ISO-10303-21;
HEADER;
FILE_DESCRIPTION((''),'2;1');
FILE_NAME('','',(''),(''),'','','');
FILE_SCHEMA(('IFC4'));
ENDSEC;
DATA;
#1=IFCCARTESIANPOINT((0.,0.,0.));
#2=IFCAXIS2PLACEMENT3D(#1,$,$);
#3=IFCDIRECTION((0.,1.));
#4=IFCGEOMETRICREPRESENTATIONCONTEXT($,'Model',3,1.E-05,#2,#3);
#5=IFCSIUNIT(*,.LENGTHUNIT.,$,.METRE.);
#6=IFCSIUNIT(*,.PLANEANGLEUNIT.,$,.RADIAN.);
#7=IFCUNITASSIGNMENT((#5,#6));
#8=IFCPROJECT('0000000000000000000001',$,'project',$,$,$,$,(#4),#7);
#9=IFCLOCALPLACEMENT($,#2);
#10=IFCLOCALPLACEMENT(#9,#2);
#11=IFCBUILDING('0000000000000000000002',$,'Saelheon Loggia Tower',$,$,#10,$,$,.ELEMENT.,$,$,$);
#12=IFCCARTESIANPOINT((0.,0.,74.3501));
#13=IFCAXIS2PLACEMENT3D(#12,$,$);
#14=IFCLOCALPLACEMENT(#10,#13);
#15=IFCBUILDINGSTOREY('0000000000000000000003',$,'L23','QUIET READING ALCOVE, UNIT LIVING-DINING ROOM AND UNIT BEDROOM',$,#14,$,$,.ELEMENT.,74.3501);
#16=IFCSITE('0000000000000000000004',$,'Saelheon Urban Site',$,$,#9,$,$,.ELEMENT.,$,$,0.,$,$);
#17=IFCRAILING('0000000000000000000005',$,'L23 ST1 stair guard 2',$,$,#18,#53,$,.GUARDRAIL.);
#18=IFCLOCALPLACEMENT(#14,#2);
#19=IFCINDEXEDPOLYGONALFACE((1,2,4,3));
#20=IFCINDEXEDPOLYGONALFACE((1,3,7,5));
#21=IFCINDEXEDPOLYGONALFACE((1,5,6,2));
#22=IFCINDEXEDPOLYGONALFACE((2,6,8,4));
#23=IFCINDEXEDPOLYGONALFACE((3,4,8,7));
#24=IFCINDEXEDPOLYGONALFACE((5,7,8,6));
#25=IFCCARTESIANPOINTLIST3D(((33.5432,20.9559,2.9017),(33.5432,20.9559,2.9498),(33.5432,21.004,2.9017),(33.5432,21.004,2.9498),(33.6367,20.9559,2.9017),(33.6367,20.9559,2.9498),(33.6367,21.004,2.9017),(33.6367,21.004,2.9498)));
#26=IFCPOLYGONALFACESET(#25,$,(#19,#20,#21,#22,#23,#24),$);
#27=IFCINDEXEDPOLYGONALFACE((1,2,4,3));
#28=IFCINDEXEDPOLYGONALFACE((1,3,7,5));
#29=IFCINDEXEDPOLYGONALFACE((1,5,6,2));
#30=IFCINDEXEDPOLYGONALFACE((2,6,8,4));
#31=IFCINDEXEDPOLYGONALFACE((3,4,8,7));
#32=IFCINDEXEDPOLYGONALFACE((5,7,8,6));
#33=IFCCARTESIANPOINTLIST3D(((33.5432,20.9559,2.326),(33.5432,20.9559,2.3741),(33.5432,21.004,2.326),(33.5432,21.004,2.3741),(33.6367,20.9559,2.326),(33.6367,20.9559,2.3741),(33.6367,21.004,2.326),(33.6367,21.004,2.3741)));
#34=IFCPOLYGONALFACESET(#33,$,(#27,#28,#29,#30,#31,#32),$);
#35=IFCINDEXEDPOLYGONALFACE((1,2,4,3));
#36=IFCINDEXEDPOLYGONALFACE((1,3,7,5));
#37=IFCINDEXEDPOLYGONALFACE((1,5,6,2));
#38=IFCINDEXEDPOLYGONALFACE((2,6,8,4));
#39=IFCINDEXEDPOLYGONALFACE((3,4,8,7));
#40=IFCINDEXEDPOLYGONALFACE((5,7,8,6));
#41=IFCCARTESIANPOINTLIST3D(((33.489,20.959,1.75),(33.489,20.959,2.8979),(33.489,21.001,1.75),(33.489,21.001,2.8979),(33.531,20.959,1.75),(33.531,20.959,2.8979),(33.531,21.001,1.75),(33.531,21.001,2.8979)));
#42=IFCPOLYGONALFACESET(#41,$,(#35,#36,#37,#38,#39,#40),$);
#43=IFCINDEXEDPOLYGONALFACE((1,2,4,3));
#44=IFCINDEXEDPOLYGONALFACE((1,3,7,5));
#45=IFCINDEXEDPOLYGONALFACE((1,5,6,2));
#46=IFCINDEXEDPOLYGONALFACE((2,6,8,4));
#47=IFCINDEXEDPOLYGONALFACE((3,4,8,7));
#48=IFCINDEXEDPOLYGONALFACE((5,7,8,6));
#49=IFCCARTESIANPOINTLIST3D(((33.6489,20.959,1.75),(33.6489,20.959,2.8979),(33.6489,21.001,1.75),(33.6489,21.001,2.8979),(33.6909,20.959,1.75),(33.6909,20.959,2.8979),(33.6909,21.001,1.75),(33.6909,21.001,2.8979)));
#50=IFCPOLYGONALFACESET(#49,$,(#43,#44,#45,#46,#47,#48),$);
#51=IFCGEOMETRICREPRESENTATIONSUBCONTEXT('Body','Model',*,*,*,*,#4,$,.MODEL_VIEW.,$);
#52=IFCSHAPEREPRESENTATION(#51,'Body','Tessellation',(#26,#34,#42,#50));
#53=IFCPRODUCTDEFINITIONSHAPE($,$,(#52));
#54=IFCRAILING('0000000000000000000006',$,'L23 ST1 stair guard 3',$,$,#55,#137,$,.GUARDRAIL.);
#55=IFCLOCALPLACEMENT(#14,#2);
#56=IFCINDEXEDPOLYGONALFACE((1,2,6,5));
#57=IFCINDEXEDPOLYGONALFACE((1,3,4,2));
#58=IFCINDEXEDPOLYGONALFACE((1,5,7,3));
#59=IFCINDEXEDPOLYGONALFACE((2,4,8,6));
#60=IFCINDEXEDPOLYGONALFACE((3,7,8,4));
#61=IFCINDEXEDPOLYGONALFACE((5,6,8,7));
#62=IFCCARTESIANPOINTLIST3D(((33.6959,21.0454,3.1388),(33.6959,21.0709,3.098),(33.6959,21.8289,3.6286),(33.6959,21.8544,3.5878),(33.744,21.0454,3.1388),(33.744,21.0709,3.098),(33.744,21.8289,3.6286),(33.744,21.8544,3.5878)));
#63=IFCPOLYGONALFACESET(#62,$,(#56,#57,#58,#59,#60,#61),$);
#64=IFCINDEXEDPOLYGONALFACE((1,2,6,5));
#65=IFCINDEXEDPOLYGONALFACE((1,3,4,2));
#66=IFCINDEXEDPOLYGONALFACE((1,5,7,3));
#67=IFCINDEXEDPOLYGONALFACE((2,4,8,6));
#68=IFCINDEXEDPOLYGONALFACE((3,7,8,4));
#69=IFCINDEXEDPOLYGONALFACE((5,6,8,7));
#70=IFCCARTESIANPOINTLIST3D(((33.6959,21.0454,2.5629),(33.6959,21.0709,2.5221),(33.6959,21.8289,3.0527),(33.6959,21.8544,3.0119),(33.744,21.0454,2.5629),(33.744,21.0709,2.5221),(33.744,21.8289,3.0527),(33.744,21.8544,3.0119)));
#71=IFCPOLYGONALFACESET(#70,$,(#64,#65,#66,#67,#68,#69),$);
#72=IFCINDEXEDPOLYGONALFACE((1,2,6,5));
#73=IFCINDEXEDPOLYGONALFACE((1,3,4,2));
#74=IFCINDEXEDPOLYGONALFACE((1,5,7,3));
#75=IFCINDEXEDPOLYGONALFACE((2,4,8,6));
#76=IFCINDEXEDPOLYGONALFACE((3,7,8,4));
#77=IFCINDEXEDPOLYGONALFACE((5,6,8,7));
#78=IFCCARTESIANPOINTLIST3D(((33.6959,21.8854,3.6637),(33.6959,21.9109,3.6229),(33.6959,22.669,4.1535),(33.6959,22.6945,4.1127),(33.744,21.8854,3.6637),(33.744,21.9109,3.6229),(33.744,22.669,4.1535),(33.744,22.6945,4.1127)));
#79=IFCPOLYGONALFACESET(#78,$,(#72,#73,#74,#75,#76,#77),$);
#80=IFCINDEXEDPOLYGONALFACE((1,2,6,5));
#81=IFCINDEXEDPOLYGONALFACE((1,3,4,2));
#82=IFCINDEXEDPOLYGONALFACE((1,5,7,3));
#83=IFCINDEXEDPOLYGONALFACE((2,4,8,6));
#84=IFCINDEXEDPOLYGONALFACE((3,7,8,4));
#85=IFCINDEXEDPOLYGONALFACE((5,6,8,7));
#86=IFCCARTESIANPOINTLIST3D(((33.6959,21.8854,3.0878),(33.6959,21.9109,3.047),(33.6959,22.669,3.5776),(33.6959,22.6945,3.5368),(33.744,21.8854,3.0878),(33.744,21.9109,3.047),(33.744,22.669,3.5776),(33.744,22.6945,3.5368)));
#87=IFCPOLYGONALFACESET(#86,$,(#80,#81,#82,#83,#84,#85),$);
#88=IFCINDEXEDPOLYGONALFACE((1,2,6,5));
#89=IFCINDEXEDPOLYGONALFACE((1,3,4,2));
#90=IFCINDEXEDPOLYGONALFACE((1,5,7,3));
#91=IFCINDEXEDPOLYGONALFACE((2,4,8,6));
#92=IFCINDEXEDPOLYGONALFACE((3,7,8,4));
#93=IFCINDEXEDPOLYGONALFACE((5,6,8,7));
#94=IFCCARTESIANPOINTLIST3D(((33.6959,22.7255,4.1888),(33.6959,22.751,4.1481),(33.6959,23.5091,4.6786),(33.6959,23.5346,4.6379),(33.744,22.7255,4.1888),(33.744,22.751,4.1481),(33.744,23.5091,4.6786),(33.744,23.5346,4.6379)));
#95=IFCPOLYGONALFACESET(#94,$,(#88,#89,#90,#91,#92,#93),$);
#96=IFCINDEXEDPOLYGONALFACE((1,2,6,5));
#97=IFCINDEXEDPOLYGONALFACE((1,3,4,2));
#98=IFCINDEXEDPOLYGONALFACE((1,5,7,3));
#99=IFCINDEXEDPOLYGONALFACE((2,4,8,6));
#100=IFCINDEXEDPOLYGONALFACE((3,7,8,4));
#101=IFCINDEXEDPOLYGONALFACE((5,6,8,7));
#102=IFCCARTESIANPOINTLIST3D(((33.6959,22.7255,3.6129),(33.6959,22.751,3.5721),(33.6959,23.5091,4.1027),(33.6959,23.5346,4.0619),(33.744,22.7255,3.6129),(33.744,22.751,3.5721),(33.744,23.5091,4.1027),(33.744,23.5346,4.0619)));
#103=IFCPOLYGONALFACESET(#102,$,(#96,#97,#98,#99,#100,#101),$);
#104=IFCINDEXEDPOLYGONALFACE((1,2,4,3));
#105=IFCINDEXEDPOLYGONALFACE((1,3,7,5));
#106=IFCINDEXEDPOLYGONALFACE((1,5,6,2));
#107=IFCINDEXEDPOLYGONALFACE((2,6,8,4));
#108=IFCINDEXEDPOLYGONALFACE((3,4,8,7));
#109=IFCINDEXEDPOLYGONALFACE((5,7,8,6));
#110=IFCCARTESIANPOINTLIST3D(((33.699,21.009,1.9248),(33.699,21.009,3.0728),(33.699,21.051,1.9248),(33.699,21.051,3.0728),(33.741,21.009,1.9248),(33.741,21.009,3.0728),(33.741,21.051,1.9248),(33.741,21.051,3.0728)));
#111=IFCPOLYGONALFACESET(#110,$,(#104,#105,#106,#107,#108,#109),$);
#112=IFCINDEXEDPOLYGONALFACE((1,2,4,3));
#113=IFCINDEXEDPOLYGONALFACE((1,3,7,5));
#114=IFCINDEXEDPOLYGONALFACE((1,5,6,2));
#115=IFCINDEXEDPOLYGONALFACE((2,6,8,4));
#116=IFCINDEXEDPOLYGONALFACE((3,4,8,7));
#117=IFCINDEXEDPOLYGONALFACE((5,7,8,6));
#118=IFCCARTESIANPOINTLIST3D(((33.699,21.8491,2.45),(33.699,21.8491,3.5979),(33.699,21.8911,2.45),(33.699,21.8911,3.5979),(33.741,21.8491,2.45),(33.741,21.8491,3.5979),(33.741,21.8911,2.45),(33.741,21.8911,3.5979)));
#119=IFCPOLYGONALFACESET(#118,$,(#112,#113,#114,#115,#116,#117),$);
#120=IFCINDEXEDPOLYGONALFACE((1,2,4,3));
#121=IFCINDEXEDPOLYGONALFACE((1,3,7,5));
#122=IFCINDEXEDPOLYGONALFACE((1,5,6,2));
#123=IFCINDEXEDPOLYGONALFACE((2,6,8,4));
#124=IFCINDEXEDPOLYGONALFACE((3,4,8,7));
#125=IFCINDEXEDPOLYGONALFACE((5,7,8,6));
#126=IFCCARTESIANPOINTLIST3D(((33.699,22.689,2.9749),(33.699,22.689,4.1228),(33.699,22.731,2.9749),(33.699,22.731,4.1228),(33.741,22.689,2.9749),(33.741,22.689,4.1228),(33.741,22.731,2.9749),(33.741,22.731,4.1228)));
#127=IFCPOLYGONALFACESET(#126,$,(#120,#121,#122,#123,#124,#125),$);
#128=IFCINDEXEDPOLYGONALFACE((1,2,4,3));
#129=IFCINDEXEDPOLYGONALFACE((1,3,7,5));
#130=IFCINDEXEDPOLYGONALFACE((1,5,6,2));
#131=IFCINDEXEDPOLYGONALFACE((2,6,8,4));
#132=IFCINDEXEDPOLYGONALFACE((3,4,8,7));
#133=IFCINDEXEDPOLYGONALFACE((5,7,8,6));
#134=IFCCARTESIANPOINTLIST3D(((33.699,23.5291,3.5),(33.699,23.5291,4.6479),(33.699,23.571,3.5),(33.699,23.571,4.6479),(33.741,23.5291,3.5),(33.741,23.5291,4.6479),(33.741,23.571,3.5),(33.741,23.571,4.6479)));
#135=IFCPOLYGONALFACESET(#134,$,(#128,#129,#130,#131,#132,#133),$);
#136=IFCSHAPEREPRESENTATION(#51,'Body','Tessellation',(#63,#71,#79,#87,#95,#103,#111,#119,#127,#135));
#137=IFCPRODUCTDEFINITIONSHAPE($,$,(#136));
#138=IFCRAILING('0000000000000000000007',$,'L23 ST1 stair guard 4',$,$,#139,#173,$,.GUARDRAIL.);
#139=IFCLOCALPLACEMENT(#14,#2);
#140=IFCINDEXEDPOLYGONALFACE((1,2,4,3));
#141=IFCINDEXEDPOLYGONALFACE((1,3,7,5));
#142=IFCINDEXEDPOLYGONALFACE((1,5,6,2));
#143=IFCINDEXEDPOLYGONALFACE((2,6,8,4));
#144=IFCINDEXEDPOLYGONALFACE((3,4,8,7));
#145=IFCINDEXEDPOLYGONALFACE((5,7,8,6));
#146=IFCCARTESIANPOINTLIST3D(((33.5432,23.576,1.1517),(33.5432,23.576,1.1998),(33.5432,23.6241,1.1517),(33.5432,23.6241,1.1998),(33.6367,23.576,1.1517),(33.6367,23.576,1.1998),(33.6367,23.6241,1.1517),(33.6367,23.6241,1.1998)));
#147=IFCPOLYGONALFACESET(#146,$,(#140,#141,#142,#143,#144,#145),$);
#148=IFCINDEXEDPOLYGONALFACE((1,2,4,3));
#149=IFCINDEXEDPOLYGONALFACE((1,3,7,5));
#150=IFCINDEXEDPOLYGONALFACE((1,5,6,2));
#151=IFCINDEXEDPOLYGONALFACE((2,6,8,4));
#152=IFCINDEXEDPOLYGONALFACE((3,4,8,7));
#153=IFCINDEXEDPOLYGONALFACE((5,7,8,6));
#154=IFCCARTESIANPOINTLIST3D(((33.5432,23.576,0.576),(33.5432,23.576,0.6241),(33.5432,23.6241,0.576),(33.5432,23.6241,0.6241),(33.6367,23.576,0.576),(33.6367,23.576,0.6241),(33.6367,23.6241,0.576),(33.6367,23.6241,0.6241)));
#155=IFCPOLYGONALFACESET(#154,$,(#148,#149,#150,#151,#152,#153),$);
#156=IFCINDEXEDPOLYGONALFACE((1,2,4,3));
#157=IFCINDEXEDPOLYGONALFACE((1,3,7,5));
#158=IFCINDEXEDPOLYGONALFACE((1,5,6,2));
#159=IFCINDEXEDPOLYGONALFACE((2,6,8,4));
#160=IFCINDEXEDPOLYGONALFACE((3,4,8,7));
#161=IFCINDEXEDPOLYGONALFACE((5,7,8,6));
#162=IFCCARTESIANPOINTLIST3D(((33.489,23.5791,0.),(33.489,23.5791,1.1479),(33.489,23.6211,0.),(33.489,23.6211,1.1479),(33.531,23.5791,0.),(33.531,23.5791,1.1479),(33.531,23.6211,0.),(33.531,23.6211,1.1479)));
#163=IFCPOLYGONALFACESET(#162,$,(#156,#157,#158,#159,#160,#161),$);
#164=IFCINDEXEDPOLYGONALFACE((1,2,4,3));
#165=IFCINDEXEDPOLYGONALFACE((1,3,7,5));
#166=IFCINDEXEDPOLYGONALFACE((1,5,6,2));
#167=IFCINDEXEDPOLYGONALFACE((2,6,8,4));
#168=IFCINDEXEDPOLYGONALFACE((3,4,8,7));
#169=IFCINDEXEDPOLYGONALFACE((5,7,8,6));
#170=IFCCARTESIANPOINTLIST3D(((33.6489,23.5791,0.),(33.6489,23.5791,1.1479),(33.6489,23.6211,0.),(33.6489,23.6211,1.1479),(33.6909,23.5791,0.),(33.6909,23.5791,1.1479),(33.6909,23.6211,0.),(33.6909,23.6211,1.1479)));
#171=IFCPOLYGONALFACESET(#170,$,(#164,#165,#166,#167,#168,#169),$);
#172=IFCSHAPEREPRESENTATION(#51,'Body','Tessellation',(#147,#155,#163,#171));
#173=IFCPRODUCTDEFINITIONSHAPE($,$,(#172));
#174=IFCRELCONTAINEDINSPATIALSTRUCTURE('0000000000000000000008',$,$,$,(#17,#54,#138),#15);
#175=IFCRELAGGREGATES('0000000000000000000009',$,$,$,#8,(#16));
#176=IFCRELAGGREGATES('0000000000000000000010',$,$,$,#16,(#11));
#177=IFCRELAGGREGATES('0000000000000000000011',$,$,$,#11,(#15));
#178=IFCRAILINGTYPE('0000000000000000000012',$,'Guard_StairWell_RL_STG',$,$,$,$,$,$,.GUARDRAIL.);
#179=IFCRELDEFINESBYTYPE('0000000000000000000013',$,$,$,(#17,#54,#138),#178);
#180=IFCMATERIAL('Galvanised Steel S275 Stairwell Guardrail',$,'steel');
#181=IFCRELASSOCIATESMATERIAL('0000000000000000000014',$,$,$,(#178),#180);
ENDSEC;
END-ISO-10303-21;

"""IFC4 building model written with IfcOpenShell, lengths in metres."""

from ifc_helpers import new_model, si_unit, direction, frame, origin, origin_2d, place, context, subcontext, project, spatial, rectangle, extrude, material, type_object, element, save


model = new_model("IFC4")

# Units and contexts
model_context = context("Model", 3, precision=1e-05, world=origin(), true_north=direction((0.0, 1.0)))
body_context = subcontext(model_context, "Body", "Model", "MODEL_VIEW")
ifc_project = project(units=[si_unit("LENGTHUNIT", "METRE"), si_unit("PLANEANGLEUNIT", "RADIAN")], contexts=[model_context])

# Site, building, storey
site_placement = place(None, origin())
site = spatial("IfcSite", under=ifc_project, at=site_placement, Name="Saelheon Urban Site", CompositionType="ELEMENT", RefElevation=0.0)
building_placement = place(site_placement, origin())
building = spatial("IfcBuilding", under=site, at=building_placement, Name="Saelheon Loggia Tower", CompositionType="ELEMENT")
storey_placement = place(building_placement, frame((0.0, 0.0, 74.3501)))
storey = spatial("IfcBuildingStorey", under=building, at=storey_placement, Name="L23", Description="QUIET READING ALCOVE, UNIT LIVING-DINING ROOM AND UNIT BEDROOM", CompositionType="ELEMENT", Elevation=74.3501)

# Railings
ifc_material_1 = material(Name="Galvanised Steel S275 Stairwell Guardrail", Category="steel")
railing_type_1 = type_object("IfcRailingType", Name="Guard_StairWell_RL_STG", PredefinedType="GUARDRAIL", material=ifc_material_1)
railing_1_placement = place(storey_placement, frame((33.51, 20.98, 1.75)))
element("IfcRailing", 1, at=railing_1_placement, inside=storey, type_object=railing_type_1, Name="L23 ST1 stair guard 2", PredefinedType="GUARDRAIL", context=body_context, shape_type="SweptSolid", body=[
    extrude(rectangle(XDim=0.0481, YDim=0.0481, at=origin_2d()), frame((0.0332, 0.0, 1.1758), z_axis=(1.0, 0.0, 0.0), x_axis=(0.0, 1.0, 0.0)), (0.0, 0.0, 1.0), 0.0935),
    extrude(rectangle(XDim=0.0481, YDim=0.0481, at=origin_2d()), frame((0.0332, 0.0, 0.6001), z_axis=(1.0, 0.0, 0.0), x_axis=(0.0, 1.0, 0.0)), (0.0, 0.0, 1.0), 0.0935),
    extrude(rectangle(XDim=0.042, YDim=0.042, at=origin_2d()), origin(), (0.0, 0.0, 1.0), 1.1479),
    extrude(rectangle(XDim=0.042, YDim=0.042, at=origin_2d()), frame((0.1599, 0.0, 0.0)), (0.0, 0.0, 1.0), 1.1479),
])
railing_2_placement = place(storey_placement, frame((33.72, 21.03, 1.9248)))
element("IfcRailing", 2, at=railing_2_placement, inside=storey, type_object=railing_type_1, Name="L23 ST1 stair guard 3", PredefinedType="GUARDRAIL", context=body_context, shape_type="SweptSolid", body=[
    extrude(rectangle(XDim=0.0481, YDim=0.0481, at=origin_2d()), frame((0.0, 0.0281, 1.1936), z_axis=(0.0, 0.847971, 0.530043), x_axis=(-1.0, 0.0, 0.0)), (0.0, 0.0, 1.0), 0.9241),
    extrude(rectangle(XDim=0.0481, YDim=0.0481, at=origin_2d()), frame((0.0, 0.0281, 0.6177), z_axis=(0.0, 0.847971, 0.530043), x_axis=(-1.0, 0.0, 0.0)), (0.0, 0.0, 1.0), 0.9241),
    extrude(rectangle(XDim=0.0481, YDim=0.0481, at=origin_2d()), frame((0.0, 0.8682, 1.7185), z_axis=(0.0, 0.847971, 0.530043), x_axis=(-1.0, 0.0, 0.0)), (0.0, 0.0, 1.0), 0.9241),
    extrude(rectangle(XDim=0.0481, YDim=0.0481, at=origin_2d()), frame((0.0, 0.8682, 1.1426), z_axis=(0.0, 0.847971, 0.530043), x_axis=(-1.0, 0.0, 0.0)), (0.0, 0.0, 1.0), 0.9241),
    extrude(rectangle(XDim=0.0481, YDim=0.0481, at=origin_2d()), frame((0.0, 1.7083, 2.2437), z_axis=(0.0, 0.847971, 0.530043), x_axis=(-1.0, 0.0, 0.0)), (0.0, 0.0, 1.0), 0.9241),
    extrude(rectangle(XDim=0.0481, YDim=0.0481, at=origin_2d()), frame((0.0, 1.7083, 1.6677), z_axis=(0.0, 0.847971, 0.530043), x_axis=(-1.0, 0.0, 0.0)), (0.0, 0.0, 1.0), 0.9241),
    extrude(rectangle(XDim=0.042, YDim=0.042, at=origin_2d()), origin(), (0.0, 0.0, 1.0), 1.1479),
    extrude(rectangle(XDim=0.042, YDim=0.042, at=origin_2d()), frame((0.0, 0.8401, 0.5251)), (0.0, 0.0, 1.0), 1.1479),
    extrude(rectangle(XDim=0.042, YDim=0.042, at=origin_2d()), frame((0.0, 1.6799, 1.05)), (0.0, 0.0, 1.0), 1.1479),
    extrude(rectangle(XDim=0.042, YDim=0.042, at=origin_2d()), frame((0.0, 2.52, 1.5752)), (0.0, 0.0, 1.0), 1.1479),
])
railing_3_placement = place(storey_placement, frame((33.51, 23.6001, 0.0)))
element("IfcRailing", 3, at=railing_3_placement, inside=storey, type_object=railing_type_1, Name="L23 ST1 stair guard 4", PredefinedType="GUARDRAIL", context=body_context, shape_type="SweptSolid", body=[
    extrude(rectangle(XDim=0.0481, YDim=0.0481, at=origin_2d()), frame((0.0332, 0.0, 1.1758), z_axis=(1.0, 0.0, 0.0), x_axis=(0.0, 1.0, 0.0)), (0.0, 0.0, 1.0), 0.0935),
    extrude(rectangle(XDim=0.0481, YDim=0.0481, at=origin_2d()), frame((0.0332, 0.0, 0.6001), z_axis=(1.0, 0.0, 0.0), x_axis=(0.0, 1.0, 0.0)), (0.0, 0.0, 1.0), 0.0935),
    extrude(rectangle(XDim=0.042, YDim=0.042, at=origin_2d()), origin(), (0.0, 0.0, 1.0), 1.1479),
    extrude(rectangle(XDim=0.042, YDim=0.042, at=origin_2d()), frame((0.1599, 0.0, 0.0)), (0.0, 0.0, 1.0), 1.1479),
])

save(model, "model.ifc")
